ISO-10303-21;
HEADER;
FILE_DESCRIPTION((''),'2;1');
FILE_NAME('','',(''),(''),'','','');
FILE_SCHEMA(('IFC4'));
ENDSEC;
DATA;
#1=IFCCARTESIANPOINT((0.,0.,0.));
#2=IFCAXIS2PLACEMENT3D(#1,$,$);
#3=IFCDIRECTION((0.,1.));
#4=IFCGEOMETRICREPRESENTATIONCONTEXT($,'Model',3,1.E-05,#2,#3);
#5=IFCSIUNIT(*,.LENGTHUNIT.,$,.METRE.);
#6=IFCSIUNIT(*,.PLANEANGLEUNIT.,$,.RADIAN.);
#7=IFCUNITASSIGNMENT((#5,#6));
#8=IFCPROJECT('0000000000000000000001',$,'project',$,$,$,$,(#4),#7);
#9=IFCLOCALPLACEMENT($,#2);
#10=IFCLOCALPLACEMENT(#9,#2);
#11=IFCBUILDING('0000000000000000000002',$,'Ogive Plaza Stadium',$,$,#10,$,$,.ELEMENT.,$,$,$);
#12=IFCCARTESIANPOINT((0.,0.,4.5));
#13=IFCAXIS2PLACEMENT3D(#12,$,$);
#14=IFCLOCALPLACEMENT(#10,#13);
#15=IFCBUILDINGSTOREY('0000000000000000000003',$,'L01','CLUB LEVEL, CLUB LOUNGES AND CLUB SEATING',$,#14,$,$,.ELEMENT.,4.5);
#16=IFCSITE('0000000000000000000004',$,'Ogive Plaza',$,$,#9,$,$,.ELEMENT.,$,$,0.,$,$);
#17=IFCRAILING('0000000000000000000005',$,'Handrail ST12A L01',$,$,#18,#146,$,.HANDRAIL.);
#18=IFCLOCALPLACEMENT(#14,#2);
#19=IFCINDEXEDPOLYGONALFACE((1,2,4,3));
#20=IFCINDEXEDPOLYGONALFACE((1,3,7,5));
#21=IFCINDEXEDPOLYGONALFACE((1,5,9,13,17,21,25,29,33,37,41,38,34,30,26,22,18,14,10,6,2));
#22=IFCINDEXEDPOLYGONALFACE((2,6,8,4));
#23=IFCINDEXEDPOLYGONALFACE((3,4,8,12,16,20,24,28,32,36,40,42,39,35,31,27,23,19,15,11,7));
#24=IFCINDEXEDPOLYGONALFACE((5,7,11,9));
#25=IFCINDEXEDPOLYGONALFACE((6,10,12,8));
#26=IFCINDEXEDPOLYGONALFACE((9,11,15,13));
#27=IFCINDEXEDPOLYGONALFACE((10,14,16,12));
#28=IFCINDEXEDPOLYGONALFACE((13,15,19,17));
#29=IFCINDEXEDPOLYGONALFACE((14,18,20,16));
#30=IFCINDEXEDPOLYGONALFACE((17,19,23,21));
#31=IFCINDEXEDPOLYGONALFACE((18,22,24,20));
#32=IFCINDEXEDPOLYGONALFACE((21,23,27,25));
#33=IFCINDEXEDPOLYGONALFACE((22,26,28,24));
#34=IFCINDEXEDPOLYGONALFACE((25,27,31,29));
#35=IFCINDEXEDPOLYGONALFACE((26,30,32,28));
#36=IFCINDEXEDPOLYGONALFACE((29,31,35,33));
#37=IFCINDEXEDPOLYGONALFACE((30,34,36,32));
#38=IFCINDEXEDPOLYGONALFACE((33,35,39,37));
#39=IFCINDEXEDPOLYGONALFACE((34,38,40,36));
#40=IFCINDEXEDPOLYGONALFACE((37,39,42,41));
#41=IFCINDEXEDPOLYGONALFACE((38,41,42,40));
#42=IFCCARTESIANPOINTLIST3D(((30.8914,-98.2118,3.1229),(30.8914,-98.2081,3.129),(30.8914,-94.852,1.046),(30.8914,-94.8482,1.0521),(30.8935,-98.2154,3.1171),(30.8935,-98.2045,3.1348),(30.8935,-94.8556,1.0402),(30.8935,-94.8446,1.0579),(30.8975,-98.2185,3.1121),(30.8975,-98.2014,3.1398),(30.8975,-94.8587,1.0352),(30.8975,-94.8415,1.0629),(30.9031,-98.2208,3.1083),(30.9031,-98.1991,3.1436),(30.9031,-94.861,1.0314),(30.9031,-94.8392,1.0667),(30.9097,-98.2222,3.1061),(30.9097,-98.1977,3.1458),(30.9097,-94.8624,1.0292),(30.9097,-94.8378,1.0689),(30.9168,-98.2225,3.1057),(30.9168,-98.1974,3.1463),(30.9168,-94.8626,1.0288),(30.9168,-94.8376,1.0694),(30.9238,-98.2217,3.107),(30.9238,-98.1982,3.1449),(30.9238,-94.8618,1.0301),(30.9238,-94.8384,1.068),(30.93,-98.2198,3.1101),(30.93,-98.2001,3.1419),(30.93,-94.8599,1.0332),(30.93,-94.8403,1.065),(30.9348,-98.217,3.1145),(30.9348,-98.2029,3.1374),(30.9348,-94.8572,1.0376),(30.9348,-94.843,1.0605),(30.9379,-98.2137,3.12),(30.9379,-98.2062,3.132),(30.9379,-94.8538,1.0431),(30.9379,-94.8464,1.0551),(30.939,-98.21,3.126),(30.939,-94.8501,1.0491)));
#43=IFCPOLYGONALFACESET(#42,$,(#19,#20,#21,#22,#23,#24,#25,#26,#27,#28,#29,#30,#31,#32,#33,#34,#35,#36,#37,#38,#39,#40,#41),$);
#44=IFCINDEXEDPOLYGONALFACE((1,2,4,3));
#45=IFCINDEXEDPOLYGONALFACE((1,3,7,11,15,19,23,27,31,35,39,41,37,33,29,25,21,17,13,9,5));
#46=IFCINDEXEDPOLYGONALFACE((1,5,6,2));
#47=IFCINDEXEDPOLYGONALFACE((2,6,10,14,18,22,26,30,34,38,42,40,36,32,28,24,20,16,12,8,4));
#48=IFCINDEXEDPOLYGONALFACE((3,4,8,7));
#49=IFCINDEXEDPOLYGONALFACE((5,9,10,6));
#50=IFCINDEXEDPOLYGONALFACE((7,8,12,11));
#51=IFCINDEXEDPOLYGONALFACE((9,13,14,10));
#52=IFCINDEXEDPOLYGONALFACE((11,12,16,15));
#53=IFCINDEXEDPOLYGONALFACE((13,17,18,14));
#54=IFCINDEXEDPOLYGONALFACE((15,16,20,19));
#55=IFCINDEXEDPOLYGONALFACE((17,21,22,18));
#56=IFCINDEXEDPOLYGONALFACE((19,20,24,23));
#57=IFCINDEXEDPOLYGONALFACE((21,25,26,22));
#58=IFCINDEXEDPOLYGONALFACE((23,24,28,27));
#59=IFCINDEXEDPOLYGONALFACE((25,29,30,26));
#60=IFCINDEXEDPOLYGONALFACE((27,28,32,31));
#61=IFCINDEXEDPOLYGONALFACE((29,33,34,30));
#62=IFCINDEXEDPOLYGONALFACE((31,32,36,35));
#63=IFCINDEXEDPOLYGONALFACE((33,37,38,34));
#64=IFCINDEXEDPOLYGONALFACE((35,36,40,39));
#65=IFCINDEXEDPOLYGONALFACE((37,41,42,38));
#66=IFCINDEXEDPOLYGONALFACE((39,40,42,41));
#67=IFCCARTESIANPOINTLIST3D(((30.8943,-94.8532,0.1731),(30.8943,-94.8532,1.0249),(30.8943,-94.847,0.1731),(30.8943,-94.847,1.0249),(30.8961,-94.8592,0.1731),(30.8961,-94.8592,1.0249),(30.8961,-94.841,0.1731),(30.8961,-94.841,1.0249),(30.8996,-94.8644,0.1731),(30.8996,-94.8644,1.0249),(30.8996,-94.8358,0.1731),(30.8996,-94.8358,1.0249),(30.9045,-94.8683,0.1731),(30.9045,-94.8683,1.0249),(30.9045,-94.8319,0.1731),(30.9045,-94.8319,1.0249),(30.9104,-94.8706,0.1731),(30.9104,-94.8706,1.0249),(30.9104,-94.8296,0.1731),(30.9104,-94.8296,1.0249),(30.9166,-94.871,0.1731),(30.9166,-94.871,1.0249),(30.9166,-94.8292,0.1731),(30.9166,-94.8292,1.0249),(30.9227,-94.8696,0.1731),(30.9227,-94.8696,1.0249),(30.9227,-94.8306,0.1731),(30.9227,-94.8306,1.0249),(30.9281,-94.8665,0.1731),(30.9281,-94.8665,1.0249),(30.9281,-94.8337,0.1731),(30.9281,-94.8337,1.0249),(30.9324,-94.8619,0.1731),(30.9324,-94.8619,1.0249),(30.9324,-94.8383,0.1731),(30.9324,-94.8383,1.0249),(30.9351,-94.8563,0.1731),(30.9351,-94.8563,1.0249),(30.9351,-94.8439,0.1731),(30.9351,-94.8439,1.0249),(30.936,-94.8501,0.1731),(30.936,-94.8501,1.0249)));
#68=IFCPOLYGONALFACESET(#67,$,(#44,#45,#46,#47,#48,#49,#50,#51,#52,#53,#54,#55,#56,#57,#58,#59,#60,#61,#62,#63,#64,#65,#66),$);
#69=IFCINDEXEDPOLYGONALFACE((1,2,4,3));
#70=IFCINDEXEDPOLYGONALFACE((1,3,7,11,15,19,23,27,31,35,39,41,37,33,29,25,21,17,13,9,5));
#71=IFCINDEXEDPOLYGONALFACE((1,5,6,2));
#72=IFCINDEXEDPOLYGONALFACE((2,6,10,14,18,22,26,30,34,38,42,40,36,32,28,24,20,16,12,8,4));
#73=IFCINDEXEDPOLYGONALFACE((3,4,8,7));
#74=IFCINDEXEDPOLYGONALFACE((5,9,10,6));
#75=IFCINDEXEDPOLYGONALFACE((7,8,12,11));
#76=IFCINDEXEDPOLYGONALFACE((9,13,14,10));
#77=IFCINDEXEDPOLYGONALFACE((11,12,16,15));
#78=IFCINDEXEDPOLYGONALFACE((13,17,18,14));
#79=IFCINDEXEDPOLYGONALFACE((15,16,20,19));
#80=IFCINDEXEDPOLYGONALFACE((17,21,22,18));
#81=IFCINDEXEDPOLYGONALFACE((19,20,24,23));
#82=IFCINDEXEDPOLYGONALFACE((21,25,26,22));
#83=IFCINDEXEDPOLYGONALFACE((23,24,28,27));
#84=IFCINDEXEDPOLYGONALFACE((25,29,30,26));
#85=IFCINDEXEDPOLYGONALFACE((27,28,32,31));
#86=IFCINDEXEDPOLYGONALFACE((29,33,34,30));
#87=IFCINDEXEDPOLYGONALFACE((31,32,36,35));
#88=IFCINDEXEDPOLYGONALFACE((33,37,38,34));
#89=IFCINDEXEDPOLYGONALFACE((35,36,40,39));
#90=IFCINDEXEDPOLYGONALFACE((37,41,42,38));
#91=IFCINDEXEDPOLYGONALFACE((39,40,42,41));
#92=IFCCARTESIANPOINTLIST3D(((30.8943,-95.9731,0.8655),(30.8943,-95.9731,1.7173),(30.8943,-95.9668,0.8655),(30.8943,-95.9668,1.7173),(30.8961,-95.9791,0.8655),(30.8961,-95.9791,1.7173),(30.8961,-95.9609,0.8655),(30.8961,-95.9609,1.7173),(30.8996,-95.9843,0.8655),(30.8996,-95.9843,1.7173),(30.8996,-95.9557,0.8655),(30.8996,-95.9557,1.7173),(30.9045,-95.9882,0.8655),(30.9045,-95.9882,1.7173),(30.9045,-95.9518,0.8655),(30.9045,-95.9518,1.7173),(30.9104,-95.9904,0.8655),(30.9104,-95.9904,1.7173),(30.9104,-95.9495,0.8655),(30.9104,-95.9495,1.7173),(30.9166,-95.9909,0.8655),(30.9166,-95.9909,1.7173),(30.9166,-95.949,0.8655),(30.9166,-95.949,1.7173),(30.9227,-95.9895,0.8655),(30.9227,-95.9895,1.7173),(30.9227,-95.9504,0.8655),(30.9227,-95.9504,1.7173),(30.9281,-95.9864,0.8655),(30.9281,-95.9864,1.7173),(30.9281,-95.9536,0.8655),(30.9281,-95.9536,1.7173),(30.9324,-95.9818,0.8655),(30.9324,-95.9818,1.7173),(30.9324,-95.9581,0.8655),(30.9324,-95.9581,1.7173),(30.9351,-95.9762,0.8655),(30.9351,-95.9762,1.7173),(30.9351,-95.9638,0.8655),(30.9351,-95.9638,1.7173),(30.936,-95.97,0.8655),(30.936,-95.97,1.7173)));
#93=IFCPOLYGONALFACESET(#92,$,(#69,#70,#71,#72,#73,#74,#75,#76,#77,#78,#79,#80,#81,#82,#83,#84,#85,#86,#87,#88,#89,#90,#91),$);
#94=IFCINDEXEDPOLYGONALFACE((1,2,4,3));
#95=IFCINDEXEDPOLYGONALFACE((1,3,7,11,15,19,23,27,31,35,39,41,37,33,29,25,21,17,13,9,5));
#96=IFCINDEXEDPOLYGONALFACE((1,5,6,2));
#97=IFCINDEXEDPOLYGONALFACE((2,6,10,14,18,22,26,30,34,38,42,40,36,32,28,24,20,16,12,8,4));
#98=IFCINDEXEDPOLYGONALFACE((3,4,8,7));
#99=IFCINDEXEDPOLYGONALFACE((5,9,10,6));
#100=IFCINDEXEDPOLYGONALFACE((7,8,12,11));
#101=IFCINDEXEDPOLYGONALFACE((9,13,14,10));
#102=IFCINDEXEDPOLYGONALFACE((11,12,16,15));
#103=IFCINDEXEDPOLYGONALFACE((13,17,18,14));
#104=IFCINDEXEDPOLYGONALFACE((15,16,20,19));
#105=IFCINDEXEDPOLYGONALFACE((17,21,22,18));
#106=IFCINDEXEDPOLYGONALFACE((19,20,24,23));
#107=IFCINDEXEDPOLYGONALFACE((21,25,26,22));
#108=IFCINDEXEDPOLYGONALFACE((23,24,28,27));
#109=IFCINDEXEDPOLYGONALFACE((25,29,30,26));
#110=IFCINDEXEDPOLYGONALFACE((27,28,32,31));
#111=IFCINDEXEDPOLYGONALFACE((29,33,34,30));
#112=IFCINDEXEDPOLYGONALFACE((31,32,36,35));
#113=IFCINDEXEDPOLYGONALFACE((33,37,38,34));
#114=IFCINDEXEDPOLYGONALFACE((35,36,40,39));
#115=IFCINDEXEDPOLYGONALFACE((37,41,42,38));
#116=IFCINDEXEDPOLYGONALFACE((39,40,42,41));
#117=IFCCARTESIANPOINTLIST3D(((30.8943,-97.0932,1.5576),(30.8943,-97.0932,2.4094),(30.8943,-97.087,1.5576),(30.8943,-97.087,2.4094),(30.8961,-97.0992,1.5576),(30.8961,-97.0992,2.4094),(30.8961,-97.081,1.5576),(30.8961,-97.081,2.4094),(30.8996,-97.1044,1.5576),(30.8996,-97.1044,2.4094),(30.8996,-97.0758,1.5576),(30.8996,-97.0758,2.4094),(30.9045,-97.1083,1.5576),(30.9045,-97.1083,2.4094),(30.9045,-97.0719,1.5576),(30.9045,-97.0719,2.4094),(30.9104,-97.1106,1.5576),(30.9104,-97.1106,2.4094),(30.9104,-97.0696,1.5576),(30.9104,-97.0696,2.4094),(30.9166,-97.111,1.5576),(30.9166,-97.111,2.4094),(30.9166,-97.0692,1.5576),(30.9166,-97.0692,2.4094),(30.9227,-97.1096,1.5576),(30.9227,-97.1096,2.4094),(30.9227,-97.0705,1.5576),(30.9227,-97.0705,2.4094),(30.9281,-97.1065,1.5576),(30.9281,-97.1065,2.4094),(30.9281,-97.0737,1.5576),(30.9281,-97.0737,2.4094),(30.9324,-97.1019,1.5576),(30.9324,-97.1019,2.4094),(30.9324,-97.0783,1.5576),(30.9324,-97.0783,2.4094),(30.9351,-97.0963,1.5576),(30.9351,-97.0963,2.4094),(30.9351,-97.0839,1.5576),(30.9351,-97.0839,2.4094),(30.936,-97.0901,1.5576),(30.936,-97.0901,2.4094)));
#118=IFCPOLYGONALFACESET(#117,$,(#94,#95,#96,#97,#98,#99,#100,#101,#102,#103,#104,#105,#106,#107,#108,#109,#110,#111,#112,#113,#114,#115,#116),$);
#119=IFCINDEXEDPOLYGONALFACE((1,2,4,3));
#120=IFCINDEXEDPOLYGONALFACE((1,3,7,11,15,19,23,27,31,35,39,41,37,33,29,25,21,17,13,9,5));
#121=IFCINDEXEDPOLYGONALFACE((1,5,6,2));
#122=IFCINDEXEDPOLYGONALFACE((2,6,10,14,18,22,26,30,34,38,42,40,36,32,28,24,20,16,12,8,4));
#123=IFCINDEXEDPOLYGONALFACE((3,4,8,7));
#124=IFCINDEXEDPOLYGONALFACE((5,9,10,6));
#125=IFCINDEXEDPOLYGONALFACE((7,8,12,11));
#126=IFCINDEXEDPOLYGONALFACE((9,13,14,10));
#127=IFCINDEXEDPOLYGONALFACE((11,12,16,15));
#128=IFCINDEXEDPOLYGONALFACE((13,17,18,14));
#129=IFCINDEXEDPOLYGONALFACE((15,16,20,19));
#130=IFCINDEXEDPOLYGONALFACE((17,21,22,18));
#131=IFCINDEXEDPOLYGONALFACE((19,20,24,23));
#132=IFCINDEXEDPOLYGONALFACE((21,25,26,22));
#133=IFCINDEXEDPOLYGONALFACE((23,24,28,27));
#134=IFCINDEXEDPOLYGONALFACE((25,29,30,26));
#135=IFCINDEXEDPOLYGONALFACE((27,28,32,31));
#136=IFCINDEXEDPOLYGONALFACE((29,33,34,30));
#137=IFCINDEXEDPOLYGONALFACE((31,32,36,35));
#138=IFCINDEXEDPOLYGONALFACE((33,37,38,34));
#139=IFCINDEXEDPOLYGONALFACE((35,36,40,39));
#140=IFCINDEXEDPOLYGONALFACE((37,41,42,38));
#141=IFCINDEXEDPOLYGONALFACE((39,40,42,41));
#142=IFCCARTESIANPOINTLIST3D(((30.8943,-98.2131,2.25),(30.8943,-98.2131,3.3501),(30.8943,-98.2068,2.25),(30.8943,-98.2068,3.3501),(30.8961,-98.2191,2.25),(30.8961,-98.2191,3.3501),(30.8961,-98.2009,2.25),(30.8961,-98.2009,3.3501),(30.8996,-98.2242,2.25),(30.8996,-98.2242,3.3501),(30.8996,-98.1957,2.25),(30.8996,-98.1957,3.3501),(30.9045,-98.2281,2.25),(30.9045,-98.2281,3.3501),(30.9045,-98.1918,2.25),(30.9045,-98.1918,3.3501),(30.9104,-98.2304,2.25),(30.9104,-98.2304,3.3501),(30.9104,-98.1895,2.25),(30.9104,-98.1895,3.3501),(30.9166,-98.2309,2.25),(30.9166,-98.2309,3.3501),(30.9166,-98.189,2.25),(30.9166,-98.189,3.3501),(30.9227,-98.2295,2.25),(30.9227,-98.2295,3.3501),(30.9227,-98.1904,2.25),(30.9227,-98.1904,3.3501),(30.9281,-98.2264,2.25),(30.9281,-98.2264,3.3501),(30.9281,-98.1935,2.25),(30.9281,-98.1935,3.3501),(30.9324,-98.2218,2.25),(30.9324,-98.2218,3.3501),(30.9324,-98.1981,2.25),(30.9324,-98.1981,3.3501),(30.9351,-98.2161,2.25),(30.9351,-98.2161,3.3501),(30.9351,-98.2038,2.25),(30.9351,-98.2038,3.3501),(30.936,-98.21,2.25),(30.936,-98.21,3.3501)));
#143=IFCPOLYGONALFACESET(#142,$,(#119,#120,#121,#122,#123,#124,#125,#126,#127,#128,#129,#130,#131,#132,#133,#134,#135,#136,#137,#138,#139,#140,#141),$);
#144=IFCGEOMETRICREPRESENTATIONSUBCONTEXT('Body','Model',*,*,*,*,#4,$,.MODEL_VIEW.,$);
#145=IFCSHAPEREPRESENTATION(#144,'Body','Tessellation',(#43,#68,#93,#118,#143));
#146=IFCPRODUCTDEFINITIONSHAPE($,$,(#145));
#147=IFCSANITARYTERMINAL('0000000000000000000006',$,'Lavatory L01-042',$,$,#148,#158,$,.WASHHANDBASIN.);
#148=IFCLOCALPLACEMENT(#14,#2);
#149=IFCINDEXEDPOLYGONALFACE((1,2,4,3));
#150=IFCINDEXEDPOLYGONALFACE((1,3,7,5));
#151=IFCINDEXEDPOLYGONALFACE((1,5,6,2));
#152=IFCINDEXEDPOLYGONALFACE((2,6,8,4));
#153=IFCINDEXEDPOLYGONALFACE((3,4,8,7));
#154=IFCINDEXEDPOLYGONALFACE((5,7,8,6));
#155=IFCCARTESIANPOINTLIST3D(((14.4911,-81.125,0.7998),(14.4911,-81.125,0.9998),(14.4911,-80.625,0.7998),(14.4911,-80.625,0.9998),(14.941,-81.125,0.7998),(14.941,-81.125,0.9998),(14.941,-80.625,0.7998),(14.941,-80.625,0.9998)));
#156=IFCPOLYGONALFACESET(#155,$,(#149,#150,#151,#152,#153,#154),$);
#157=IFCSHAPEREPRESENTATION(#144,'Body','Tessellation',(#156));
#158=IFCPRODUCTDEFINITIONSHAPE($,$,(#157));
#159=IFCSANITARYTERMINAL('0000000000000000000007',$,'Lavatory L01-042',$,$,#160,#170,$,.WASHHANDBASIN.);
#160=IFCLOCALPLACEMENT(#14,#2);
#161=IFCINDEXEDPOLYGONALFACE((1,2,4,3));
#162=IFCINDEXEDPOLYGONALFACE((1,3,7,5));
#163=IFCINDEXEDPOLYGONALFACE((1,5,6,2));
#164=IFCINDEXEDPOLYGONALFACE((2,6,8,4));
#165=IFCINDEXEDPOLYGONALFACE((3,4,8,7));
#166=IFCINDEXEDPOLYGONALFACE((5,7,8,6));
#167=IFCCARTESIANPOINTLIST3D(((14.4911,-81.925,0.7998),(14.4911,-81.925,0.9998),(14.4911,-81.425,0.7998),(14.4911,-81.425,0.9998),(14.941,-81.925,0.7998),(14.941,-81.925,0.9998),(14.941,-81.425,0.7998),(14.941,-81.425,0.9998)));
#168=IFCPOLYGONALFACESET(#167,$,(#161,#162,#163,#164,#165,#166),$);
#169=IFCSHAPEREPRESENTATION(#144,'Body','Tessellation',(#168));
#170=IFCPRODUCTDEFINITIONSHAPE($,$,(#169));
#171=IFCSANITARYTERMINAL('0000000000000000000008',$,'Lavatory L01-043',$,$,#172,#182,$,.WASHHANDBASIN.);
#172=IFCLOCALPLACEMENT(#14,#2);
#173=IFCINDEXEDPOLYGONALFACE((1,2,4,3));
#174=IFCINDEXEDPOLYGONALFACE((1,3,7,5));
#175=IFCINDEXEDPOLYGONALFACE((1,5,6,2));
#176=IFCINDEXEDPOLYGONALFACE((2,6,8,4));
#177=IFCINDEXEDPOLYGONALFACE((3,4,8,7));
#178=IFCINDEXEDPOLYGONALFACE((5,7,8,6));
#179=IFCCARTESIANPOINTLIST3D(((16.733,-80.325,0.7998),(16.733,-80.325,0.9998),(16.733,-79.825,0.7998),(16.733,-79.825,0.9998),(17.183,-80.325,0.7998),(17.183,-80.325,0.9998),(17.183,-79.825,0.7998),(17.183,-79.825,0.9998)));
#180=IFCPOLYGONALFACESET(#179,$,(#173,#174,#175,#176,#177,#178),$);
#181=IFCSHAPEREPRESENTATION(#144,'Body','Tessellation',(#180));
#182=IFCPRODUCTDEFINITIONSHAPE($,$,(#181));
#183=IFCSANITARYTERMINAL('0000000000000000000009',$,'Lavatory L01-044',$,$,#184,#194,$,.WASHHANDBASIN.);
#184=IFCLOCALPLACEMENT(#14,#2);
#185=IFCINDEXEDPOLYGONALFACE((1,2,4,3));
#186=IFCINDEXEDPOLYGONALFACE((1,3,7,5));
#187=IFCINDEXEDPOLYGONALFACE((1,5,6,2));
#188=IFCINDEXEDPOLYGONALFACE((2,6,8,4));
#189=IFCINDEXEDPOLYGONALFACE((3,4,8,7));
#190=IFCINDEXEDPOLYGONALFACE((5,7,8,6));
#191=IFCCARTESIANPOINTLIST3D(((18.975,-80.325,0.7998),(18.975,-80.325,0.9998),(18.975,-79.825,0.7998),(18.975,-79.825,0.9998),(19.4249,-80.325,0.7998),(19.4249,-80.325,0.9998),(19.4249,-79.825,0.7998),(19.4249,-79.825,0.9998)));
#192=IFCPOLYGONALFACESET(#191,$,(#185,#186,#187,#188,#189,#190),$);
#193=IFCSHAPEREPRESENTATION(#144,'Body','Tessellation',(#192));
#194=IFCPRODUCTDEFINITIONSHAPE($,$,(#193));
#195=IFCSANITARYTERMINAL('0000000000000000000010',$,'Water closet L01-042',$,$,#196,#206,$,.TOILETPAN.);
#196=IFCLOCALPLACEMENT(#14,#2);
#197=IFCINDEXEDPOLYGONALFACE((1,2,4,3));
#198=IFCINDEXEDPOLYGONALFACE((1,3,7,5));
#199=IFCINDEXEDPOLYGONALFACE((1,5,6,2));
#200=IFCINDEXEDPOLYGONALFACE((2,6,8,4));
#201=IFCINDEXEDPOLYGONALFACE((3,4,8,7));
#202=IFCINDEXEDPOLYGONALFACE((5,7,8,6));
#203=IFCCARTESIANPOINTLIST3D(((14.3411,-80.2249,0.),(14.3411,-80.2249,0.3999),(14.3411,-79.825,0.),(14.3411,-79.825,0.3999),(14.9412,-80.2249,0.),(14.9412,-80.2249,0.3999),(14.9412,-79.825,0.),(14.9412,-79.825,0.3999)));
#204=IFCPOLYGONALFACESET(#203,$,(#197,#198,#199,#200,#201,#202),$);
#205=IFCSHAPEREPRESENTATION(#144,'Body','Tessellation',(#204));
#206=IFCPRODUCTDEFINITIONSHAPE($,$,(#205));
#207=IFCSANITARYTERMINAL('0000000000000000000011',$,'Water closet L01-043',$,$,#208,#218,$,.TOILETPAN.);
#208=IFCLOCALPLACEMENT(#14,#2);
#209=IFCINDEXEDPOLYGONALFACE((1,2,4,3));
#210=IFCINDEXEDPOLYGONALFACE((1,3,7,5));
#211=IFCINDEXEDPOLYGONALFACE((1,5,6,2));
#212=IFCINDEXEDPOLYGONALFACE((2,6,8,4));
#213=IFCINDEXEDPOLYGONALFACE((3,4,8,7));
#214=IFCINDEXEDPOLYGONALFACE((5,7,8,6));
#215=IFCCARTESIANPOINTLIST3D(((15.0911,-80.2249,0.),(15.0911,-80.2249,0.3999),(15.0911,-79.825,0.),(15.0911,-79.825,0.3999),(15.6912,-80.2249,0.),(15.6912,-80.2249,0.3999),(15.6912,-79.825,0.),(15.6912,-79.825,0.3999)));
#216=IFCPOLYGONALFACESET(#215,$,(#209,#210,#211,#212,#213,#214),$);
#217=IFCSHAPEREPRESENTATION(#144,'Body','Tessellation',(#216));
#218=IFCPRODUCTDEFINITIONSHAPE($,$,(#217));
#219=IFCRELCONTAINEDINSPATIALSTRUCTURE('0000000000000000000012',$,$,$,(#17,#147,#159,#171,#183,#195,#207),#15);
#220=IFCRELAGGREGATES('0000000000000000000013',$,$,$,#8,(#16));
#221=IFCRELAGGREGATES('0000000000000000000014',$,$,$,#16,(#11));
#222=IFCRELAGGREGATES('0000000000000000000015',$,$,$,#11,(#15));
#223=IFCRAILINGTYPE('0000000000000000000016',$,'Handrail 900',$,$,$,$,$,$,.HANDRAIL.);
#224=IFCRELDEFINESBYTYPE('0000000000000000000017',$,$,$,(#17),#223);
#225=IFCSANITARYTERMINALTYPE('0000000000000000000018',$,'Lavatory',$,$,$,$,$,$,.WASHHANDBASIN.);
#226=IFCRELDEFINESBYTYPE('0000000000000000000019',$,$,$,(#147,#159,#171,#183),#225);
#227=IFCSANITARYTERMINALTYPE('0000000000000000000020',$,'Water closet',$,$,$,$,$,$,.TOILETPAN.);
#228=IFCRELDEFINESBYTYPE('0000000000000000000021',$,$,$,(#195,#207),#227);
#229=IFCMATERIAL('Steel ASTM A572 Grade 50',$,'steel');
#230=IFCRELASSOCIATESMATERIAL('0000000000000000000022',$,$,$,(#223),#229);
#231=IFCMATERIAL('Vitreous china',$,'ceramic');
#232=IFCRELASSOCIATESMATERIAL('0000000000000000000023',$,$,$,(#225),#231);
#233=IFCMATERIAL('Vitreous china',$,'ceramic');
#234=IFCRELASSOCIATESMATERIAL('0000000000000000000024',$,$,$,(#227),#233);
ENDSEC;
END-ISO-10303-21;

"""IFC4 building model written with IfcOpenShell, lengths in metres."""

from ifc_helpers import new_model, si_unit, direction, frame, origin, origin_2d, place, context, subcontext, project, spatial, rectangle, circle, extrude, material, type_object, element, save


model = new_model("IFC4")

# Units and contexts
model_context = context("Model", 3, precision=1e-05, world=origin(), true_north=direction((0.0, 1.0)))
body_context = subcontext(model_context, "Body", "Model", "MODEL_VIEW")
ifc_project = project(units=[si_unit("LENGTHUNIT", "METRE"), si_unit("PLANEANGLEUNIT", "RADIAN")], contexts=[model_context])

# Site, building, storey
site_placement = place(None, origin())
site = spatial("IfcSite", under=ifc_project, at=site_placement, Name="Ogive Plaza", CompositionType="ELEMENT", RefElevation=0.0)
building_placement = place(site_placement, origin())
building = spatial("IfcBuilding", under=site, at=building_placement, Name="Ogive Plaza Stadium", CompositionType="ELEMENT")
storey_placement = place(building_placement, frame((0.0, 0.0, 4.5)))
storey = spatial("IfcBuildingStorey", under=building, at=storey_placement, Name="L01", Description="CLUB LEVEL, CLUB LOUNGES AND CLUB SEATING", CompositionType="ELEMENT", Elevation=4.5)

# Railing
ifc_material_1 = material(Name="Steel ASTM A572 Grade 50", Category="steel")
railing_type_1 = type_object("IfcRailingType", Name="Handrail 900", PredefinedType="HANDRAIL", material=ifc_material_1)
for number, where, name in (
    (1, (30.915, -94.8501, 0.1731), "Handrail ST12A L01"),
):
    element("IfcRailing", number, at=place(storey_placement, frame(where)), inside=storey, type_object=railing_type_1, Name=name, PredefinedType="HANDRAIL", context=body_context, shape_type="SweptSolid", body=[
        extrude(circle(Radius=0.0239, at=origin_2d()), frame((0.0, 0.0, 0.876), z_axis=(0.0, -0.850606, 0.525803), x_axis=(1.0, 0.0, 0.0)), (0.0, 0.0, 1.0), 3.95),
        extrude(circle(Radius=0.021, at=origin_2d()), origin(), (0.0, 0.0, 1.0), 0.8518),
        extrude(circle(Radius=0.021, at=origin_2d()), frame((0.0, -1.1199, 0.6924)), (0.0, 0.0, 1.0), 0.8518),
        extrude(circle(Radius=0.021, at=origin_2d()), frame((0.0, -2.24, 1.3845)), (0.0, 0.0, 1.0), 0.8518),
        extrude(circle(Radius=0.021, at=origin_2d()), frame((0.0, -3.3599, 2.0769)), (0.0, 0.0, 1.0), 1.1001),
    ])

# Sanitary terminals
ifc_material_2 = material(Name="Vitreous china", Category="ceramic")
sanitary_terminal_type_1 = type_object("IfcSanitaryTerminalType", Name="Lavatory", PredefinedType="WASHHANDBASIN", material=ifc_material_2)
for number, where, z_axis, x_axis, name in (
    (2, (14.7161, -80.875, 0.7998), (0.0, 0.0, 1.0), (0.0, -1.0, 0.0), "Lavatory L01-042"),
    (3, (14.7161, -81.675, 0.7998), (0.0, 0.0, 1.0), (0.0, -1.0, 0.0), "Lavatory L01-042"),
    (4, (16.958, -80.075, 0.7998), (0.0, 0.0, 1.0), (0.0, -1.0, 0.0), "Lavatory L01-043"),
    (5, (19.2, -80.075, 0.7998), (0.0, 0.0, 1.0), (0.0, -1.0, 0.0), "Lavatory L01-044"),
):
    element("IfcSanitaryTerminal", number, at=place(storey_placement, frame(where, z_axis=z_axis, x_axis=x_axis)), inside=storey, type_object=sanitary_terminal_type_1, Name=name, PredefinedType="WASHHANDBASIN", context=body_context, shape_type="SweptSolid", body=[
        extrude(rectangle(XDim=0.5, YDim=0.45, at=origin_2d()), origin(), (0.0, 0.0, 1.0), 0.2),
    ])
ifc_material_3 = material(Name="Vitreous china", Category="ceramic")
sanitary_terminal_type_2 = type_object("IfcSanitaryTerminalType", Name="Water closet", PredefinedType="TOILETPAN", material=ifc_material_3)
for number, where, z_axis, x_axis, name in (
    (6, (14.6411, -80.0249, 0.0), (0.0, 0.0, 1.0), (0.0, -1.0, 0.0), "Water closet L01-042"),
    (7, (15.3911, -80.0249, 0.0), (0.0, 0.0, 1.0), (0.0, -1.0, 0.0), "Water closet L01-043"),
):
    element("IfcSanitaryTerminal", number, at=place(storey_placement, frame(where, z_axis=z_axis, x_axis=x_axis)), inside=storey, type_object=sanitary_terminal_type_2, Name=name, PredefinedType="TOILETPAN", context=body_context, shape_type="SweptSolid", body=[
        extrude(rectangle(XDim=0.3999, YDim=0.6001, at=origin_2d()), origin(), (0.0, 0.0, 1.0), 0.3999),
    ])

save(model, "model.ifc")
